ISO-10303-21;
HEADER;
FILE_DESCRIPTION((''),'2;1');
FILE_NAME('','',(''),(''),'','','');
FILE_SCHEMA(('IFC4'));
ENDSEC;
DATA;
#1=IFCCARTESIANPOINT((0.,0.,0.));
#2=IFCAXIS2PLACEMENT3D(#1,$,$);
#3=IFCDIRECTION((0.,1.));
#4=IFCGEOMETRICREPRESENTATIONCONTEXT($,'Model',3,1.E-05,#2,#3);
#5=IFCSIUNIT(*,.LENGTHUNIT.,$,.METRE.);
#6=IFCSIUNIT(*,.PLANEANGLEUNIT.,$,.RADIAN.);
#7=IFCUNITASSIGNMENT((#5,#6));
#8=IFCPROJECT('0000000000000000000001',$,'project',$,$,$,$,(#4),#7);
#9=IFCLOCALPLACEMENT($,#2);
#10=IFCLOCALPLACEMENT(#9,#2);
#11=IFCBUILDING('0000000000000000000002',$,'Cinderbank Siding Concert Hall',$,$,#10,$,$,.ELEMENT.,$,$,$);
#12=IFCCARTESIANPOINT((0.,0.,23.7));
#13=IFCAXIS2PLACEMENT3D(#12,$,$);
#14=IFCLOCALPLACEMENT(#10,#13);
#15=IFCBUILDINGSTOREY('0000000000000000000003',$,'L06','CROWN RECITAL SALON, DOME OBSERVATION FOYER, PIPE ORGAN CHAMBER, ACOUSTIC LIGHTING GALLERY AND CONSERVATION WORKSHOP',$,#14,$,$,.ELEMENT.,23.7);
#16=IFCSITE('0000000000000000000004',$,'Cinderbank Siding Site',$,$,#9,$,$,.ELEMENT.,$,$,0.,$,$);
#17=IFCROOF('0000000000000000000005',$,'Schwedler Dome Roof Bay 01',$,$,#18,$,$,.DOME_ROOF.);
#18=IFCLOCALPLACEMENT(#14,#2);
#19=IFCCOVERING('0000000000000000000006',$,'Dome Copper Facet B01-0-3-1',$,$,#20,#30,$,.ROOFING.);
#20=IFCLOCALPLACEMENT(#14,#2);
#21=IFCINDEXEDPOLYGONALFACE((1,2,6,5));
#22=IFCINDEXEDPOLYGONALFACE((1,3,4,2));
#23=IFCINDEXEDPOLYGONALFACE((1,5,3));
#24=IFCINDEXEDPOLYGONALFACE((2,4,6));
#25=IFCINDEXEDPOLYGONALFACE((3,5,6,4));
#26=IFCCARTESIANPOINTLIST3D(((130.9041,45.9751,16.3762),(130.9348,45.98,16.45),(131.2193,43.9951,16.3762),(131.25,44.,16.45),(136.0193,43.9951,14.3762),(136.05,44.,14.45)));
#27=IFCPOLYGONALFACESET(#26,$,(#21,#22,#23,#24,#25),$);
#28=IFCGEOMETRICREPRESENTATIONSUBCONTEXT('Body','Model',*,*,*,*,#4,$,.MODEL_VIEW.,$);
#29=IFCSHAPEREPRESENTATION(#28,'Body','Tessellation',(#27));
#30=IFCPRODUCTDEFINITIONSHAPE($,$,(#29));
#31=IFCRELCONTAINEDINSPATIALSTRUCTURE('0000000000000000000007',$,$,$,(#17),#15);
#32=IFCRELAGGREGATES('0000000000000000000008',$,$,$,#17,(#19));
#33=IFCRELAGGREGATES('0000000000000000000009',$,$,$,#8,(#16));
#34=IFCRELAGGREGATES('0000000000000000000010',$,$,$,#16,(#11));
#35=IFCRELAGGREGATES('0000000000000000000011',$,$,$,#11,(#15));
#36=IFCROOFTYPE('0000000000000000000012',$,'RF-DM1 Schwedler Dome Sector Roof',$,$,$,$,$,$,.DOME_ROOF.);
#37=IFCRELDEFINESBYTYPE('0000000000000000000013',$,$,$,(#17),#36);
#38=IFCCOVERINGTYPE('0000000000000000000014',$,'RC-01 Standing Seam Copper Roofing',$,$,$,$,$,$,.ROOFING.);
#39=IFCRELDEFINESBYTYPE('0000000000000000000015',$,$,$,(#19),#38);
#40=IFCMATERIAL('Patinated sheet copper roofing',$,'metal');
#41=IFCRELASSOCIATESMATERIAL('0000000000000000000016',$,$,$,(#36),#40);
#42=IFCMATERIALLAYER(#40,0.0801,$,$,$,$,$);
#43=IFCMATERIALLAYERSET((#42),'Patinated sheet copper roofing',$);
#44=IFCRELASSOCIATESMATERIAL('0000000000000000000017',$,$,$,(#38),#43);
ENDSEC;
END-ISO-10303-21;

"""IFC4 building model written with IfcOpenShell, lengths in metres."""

from ifc_helpers import new_model, si_unit, direction, frame, origin, place, context, subcontext, project, spatial, polyline, outline, extrude, material, layer, layer_set, type_object, element, aggregate, save


model = new_model("IFC4")

# Units and contexts
model_context = context("Model", 3, precision=1e-05, world=origin(), true_north=direction((0.0, 1.0)))
body_context = subcontext(model_context, "Body", "Model", "MODEL_VIEW")
ifc_project = project(units=[si_unit("LENGTHUNIT", "METRE"), si_unit("PLANEANGLEUNIT", "RADIAN")], contexts=[model_context])

# Site, building, storey
site_placement = place(None, origin())
site = spatial("IfcSite", under=ifc_project, at=site_placement, Name="Cinderbank Siding Site", CompositionType="ELEMENT", RefElevation=0.0)
building_placement = place(site_placement, origin())
building = spatial("IfcBuilding", under=site, at=building_placement, Name="Cinderbank Siding Concert Hall", CompositionType="ELEMENT")
storey_placement = place(building_placement, frame((0.0, 0.0, 23.7)))
storey = spatial("IfcBuildingStorey", under=building, at=storey_placement, Name="L06", Description="CROWN RECITAL SALON, DOME OBSERVATION FOYER, PIPE ORGAN CHAMBER, ACOUSTIC LIGHTING GALLERY AND CONSERVATION WORKSHOP", CompositionType="ELEMENT", Elevation=23.7)

# Roof, covering
ifc_material_1 = material(Name="Patinated sheet copper roofing", Category="metal")
roof_type = type_object("IfcRoofType", Name="RF-DM1 Schwedler Dome Sector Roof", PredefinedType="DOME_ROOF", material=ifc_material_1)
roof_placement = place(storey_placement, origin())
roof = element("IfcRoof", 1, at=roof_placement, inside=storey, type_object=roof_type, Name="Schwedler Dome Roof Bay 01", PredefinedType="DOME_ROOF")
ifc_layer_1 = layer(ifc_material_1, 0.0801)
ifc_layer_set_1 = layer_set([ifc_layer_1], Name="Patinated sheet copper roofing")
covering_type = type_object("IfcCoveringType", Name="RC-01 Standing Seam Copper Roofing", PredefinedType="ROOFING", material=ifc_layer_set_1)
covering_1_placement = place(storey_placement, frame((136.05, 44.0, 14.45), z_axis=(0.383893, 0.06111, 0.921353), x_axis=(-0.876149, 0.339135, 0.342564)))
covering_1 = element("IfcCovering", 2, at=covering_1_placement, type_object=covering_type, Name="Dome Copper Facet B01-0-3-1", PredefinedType="ROOFING", context=body_context, shape_type="SweptSolid", body=[
    extrude(outline(polyline([(0.0, 0.0), (5.8383, 0.0), (4.8907, 1.7668), (0.0, 0.0)])), origin(), (0.0, 0.0, -1.0), 0.0801),
])
aggregate(roof, [covering_1])

save(model, "model.ifc")
